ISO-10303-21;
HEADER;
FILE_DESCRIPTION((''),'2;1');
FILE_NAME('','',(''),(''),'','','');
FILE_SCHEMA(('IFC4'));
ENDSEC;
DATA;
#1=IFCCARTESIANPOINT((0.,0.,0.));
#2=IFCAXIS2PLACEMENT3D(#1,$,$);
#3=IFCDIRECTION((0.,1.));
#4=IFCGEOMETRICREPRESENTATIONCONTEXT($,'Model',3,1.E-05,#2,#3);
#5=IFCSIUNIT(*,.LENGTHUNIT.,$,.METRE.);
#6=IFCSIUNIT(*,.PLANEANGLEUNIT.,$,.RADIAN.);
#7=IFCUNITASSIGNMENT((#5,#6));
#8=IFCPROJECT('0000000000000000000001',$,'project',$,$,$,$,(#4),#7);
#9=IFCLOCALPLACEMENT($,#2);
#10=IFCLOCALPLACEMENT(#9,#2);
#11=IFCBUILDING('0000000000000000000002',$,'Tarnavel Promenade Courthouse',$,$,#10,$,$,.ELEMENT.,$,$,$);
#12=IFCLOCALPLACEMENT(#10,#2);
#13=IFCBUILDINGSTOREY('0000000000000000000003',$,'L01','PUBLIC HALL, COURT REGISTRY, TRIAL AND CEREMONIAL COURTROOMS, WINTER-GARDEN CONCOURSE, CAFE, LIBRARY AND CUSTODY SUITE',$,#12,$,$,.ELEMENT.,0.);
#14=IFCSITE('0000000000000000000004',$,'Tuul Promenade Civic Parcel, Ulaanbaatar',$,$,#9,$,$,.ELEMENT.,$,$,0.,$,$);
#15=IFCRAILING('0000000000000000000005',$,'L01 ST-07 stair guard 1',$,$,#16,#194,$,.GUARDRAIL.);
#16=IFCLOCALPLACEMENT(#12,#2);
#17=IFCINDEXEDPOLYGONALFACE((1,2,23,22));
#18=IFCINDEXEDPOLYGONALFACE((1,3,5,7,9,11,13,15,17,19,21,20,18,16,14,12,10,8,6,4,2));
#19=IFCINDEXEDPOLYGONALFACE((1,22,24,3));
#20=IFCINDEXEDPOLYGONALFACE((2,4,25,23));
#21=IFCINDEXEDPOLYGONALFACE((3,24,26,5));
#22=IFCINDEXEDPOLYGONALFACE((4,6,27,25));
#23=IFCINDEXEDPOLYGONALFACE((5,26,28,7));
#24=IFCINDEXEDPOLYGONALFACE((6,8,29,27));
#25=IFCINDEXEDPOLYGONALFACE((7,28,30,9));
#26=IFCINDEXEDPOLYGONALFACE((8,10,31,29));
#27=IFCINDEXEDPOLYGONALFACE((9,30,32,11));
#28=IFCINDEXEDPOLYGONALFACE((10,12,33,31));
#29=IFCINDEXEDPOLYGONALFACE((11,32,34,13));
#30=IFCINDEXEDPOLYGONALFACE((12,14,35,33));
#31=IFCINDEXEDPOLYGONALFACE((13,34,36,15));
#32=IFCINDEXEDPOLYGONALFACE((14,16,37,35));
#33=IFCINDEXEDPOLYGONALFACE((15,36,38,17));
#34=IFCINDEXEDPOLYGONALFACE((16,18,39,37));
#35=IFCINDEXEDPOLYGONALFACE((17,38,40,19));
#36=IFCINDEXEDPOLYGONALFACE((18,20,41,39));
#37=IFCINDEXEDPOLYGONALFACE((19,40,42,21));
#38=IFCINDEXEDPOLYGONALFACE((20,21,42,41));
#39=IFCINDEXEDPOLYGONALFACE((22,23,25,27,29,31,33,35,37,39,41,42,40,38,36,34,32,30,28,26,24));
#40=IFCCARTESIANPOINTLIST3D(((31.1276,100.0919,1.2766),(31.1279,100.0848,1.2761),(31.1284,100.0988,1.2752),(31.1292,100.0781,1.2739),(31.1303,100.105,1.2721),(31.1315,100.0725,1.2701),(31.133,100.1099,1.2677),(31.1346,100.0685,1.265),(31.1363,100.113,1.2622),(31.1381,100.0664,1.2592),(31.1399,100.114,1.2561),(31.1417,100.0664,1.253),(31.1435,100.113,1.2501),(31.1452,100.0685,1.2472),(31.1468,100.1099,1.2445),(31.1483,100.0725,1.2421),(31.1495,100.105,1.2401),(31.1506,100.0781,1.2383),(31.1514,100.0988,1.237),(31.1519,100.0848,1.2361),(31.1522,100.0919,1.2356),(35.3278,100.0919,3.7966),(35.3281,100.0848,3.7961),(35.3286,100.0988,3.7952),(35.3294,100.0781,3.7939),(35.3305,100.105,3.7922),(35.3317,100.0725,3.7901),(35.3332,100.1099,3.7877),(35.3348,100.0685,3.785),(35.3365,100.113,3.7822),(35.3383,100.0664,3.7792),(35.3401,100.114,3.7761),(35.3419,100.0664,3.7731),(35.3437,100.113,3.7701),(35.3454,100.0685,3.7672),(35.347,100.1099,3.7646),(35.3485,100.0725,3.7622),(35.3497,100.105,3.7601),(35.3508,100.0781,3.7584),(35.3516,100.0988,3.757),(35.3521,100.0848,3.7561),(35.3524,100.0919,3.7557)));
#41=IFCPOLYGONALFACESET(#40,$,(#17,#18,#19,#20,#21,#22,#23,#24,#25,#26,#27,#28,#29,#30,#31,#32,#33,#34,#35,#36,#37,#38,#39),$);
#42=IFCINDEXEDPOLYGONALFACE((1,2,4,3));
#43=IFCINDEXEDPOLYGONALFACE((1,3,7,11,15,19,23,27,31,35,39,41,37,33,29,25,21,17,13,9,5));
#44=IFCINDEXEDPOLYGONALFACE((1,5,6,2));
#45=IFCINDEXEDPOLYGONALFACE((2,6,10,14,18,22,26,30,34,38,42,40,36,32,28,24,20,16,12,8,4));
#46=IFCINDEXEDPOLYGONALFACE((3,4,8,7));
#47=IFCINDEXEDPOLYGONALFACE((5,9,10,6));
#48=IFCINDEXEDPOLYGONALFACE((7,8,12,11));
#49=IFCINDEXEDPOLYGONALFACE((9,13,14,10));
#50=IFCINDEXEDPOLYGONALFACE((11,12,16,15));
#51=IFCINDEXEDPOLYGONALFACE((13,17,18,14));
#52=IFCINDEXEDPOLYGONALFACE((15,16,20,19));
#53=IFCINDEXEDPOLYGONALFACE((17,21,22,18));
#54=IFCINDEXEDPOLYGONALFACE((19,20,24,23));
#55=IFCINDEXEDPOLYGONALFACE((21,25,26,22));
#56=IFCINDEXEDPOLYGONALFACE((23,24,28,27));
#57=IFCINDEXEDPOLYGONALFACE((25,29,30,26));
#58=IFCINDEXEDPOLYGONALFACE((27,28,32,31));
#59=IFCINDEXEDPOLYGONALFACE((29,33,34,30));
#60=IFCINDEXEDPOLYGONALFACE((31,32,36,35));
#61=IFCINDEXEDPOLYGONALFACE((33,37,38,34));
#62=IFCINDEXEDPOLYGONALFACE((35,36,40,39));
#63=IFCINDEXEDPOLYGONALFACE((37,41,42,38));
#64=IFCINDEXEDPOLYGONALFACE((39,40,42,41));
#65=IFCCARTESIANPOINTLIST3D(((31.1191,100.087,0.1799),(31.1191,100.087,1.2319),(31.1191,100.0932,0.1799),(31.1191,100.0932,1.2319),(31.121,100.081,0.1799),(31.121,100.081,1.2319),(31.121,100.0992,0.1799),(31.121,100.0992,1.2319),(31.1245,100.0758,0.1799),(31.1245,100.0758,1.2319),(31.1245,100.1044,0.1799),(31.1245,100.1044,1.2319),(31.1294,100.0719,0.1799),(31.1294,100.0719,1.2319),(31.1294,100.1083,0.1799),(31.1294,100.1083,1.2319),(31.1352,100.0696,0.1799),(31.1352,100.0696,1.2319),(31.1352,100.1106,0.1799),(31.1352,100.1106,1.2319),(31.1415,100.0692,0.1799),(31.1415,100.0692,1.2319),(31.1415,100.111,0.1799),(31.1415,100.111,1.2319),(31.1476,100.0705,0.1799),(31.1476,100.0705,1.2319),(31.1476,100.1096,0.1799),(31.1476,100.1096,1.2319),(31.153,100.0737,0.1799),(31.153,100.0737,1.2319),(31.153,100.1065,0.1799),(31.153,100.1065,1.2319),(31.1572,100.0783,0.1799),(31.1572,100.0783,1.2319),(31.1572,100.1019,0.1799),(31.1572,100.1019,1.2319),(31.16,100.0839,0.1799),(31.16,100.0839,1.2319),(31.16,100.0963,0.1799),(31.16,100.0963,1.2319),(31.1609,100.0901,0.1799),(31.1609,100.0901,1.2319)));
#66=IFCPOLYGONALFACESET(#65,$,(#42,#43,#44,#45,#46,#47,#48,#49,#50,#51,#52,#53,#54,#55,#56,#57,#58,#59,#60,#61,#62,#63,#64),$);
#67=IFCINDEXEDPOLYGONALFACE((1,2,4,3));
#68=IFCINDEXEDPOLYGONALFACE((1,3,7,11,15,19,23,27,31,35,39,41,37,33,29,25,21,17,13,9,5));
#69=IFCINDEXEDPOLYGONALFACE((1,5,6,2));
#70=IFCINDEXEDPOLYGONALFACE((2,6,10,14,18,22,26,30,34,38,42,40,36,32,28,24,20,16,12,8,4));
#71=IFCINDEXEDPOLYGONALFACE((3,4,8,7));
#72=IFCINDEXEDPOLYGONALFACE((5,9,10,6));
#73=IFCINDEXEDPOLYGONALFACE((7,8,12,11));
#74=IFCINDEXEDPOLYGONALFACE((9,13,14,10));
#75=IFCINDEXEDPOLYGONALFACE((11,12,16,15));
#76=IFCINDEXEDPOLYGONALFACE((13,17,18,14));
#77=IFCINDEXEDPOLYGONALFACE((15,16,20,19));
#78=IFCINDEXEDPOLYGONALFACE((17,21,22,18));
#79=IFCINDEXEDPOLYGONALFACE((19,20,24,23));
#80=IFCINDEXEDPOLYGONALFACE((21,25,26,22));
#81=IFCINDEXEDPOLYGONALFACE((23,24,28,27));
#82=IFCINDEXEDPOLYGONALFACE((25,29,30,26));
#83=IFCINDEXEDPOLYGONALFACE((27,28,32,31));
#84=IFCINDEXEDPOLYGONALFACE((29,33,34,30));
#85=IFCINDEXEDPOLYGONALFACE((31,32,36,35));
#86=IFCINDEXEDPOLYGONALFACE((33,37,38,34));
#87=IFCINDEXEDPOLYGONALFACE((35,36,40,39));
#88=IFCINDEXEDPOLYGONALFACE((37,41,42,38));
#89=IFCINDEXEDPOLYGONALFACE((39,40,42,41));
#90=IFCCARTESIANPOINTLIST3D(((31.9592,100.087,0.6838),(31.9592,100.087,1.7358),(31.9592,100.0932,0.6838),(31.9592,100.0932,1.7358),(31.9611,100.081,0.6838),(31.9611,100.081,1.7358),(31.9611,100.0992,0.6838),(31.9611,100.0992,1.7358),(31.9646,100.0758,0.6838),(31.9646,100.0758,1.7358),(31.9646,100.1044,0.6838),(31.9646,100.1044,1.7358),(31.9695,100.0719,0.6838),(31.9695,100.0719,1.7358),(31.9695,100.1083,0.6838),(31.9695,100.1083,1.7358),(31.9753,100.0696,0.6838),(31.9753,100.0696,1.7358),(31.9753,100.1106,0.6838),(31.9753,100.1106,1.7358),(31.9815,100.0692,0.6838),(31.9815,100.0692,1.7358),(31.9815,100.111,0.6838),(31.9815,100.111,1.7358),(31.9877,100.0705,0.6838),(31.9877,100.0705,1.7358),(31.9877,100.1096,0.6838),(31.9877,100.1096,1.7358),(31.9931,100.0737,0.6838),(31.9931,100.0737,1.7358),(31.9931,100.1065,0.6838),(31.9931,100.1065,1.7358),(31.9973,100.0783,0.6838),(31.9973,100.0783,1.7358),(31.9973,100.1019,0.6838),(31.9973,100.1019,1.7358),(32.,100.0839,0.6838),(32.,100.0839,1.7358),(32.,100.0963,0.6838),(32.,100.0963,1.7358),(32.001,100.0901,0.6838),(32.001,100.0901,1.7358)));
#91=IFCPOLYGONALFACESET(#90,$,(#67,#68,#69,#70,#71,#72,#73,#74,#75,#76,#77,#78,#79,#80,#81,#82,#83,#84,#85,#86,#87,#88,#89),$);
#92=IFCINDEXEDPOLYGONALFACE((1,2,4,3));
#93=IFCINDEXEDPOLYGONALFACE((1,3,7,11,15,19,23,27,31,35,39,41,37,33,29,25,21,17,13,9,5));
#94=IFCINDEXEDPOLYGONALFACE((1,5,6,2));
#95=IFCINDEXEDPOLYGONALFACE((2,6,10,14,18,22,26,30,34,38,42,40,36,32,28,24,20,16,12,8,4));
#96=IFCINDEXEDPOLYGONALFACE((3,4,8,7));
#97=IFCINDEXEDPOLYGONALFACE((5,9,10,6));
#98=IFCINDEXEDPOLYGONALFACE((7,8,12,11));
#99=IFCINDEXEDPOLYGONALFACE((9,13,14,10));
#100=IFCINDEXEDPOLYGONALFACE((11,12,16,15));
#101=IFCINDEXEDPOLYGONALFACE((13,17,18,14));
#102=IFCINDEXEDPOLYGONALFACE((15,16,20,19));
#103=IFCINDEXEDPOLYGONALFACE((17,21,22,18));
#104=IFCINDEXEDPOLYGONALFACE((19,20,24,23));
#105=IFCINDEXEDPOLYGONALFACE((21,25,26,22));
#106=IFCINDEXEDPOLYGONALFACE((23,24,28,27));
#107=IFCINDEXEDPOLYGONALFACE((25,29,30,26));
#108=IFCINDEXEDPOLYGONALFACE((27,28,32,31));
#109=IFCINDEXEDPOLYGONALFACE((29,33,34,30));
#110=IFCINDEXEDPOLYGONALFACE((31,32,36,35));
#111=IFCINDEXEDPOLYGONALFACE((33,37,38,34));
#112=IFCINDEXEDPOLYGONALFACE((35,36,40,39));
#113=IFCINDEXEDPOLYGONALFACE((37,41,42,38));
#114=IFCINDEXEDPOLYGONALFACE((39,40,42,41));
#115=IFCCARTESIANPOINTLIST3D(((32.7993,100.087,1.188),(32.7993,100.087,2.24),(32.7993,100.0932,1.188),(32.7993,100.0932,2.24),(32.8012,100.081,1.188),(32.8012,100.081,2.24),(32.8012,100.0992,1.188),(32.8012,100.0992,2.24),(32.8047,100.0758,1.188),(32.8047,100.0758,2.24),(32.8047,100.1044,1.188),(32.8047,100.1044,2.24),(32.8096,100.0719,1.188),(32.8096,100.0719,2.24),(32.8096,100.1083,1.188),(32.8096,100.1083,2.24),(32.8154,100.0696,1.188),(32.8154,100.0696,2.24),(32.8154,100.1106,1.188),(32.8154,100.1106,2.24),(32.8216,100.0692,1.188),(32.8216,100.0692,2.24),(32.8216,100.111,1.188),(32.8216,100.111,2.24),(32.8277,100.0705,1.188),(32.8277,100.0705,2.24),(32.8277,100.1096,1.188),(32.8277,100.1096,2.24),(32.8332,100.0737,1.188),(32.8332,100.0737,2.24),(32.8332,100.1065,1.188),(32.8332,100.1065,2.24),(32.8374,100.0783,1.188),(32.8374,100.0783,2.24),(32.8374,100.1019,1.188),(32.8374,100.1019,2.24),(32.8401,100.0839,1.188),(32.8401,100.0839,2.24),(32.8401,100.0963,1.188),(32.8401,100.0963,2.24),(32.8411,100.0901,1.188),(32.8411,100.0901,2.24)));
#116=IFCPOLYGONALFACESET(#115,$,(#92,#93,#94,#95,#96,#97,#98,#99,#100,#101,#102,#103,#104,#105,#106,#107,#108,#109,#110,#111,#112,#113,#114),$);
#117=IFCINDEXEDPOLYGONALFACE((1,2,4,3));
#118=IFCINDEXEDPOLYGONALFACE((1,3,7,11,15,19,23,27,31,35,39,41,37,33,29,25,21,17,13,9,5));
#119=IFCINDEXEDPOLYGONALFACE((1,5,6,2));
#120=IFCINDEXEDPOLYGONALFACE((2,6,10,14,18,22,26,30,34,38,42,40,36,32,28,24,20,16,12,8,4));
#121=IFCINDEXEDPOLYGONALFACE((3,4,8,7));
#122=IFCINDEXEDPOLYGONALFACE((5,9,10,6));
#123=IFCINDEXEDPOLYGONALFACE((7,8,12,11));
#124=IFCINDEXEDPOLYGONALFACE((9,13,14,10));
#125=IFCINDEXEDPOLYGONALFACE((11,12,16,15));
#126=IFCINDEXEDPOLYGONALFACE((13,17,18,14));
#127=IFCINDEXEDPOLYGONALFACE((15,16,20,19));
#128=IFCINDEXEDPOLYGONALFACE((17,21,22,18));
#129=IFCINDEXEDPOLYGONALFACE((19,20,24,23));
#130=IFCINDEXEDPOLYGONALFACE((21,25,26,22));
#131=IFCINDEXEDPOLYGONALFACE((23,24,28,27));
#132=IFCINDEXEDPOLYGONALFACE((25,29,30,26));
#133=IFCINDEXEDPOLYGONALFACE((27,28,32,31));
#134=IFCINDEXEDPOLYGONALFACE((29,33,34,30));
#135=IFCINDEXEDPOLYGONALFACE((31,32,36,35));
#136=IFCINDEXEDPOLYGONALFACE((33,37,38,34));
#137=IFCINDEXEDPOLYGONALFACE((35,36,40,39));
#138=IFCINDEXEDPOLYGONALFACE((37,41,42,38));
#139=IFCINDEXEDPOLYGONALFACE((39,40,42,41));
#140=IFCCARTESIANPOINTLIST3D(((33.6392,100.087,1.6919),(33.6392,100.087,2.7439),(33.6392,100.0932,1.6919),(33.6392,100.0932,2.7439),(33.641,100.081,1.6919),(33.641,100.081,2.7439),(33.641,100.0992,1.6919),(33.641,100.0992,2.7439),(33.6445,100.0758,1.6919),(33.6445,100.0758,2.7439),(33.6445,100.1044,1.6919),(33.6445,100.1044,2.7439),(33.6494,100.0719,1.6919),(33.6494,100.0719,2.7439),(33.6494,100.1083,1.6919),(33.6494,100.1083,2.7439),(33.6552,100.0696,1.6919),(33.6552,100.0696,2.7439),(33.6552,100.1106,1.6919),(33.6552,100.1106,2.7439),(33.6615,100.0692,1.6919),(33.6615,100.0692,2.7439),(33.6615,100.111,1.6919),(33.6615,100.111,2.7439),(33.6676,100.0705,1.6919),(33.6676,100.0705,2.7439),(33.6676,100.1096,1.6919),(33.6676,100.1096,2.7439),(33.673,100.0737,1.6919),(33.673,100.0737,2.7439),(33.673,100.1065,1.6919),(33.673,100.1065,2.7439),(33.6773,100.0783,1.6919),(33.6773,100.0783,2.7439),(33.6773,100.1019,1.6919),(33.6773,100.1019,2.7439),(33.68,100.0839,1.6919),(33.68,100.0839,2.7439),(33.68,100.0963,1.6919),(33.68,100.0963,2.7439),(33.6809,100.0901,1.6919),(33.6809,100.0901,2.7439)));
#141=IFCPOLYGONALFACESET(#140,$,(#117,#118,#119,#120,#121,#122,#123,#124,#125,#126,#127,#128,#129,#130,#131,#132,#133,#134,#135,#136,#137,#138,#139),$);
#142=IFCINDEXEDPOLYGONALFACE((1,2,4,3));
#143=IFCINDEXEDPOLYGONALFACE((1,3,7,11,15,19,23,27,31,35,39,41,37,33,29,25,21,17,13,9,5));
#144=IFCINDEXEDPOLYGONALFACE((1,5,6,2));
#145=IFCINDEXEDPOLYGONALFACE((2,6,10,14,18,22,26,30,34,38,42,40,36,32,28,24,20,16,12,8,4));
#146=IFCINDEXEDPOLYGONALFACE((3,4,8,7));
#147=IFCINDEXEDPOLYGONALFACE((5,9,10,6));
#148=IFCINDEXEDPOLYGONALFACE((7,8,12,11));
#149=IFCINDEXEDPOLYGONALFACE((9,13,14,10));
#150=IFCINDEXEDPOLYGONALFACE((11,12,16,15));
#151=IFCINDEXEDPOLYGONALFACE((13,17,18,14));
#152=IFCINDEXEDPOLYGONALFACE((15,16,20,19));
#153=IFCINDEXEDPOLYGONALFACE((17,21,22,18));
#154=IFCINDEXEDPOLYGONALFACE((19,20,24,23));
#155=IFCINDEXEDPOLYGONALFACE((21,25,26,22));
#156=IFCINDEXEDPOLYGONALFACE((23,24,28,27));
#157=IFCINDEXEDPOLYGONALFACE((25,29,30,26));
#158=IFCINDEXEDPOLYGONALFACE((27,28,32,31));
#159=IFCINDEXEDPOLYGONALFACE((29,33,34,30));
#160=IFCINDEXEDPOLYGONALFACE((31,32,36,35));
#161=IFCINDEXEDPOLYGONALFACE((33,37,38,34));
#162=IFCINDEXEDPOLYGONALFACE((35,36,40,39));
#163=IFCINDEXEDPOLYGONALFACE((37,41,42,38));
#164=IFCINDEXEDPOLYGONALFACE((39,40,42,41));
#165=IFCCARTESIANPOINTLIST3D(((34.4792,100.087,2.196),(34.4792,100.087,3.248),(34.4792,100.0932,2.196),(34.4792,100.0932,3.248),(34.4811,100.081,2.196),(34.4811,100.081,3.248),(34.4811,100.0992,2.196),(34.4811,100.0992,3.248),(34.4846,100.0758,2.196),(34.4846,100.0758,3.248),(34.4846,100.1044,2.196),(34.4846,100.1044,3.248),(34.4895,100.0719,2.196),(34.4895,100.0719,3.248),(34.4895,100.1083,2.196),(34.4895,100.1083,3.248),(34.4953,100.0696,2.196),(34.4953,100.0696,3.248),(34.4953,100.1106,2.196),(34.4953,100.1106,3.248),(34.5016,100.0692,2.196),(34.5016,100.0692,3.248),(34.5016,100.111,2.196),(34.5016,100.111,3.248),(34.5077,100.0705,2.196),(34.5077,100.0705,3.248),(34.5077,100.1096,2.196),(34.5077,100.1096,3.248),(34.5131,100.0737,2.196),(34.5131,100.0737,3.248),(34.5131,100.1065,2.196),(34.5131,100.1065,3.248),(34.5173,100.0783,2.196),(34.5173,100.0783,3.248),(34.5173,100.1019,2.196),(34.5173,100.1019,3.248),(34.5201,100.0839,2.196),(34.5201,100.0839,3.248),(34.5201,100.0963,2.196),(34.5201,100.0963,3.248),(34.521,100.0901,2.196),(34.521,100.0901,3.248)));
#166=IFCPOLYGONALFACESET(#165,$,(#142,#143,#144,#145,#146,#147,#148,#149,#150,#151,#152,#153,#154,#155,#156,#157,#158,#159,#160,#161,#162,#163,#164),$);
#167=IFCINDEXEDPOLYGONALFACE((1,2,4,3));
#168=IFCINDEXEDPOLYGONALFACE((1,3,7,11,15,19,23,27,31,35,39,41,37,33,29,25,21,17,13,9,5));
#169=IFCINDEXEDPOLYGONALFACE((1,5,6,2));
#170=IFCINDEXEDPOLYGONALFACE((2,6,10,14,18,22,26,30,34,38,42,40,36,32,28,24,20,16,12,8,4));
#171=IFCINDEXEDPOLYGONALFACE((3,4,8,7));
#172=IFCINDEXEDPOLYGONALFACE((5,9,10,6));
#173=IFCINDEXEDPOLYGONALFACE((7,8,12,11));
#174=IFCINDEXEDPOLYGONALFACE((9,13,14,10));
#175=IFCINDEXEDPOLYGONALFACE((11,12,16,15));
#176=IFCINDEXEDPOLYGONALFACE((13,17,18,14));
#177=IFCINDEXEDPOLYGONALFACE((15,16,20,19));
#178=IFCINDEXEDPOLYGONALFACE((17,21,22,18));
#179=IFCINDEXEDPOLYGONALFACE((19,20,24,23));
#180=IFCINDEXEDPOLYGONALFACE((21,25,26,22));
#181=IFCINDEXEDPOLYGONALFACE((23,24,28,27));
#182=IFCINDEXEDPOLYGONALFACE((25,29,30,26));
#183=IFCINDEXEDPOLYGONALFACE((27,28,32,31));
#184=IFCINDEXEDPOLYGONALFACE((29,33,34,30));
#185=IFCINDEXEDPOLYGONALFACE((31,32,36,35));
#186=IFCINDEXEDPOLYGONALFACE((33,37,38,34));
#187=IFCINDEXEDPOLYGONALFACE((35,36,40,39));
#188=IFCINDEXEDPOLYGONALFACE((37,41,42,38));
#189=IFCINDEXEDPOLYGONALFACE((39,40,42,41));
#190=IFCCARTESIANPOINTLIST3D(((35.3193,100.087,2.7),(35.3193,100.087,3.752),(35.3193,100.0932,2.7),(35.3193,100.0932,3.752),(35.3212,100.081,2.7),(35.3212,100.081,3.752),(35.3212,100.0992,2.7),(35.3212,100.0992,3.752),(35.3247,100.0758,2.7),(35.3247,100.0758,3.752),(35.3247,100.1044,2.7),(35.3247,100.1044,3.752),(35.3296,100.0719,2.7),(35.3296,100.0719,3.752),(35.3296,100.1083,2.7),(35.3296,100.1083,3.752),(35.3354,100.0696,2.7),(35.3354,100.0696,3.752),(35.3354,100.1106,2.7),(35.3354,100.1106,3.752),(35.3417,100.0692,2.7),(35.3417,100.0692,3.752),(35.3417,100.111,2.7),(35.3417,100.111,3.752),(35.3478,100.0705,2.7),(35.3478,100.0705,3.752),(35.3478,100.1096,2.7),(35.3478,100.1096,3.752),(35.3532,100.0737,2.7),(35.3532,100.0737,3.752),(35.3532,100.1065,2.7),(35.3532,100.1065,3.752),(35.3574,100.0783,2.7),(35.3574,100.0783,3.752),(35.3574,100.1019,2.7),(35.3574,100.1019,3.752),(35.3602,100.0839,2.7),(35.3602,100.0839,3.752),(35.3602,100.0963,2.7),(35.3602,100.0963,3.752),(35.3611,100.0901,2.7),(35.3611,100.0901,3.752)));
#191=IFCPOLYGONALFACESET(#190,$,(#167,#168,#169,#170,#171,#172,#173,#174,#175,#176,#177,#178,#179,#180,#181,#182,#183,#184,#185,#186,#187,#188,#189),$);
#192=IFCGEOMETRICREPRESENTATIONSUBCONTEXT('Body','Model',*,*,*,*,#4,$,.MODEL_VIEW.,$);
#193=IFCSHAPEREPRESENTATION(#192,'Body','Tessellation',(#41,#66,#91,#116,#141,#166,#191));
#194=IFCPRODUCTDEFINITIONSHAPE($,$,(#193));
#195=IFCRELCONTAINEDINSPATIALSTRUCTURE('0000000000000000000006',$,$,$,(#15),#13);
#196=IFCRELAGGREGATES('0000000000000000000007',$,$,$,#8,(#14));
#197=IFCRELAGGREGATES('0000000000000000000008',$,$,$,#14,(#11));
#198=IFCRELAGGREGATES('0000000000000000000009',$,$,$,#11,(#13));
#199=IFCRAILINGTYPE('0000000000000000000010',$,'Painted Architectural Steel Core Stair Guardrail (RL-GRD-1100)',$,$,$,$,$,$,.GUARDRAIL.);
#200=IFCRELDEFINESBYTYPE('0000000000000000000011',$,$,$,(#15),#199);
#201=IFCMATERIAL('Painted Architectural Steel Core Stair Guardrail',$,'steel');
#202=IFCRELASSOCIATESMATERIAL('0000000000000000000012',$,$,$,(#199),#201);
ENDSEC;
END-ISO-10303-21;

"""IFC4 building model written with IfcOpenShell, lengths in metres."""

from ifc_helpers import new_model, si_unit, direction, frame, origin, origin_2d, place, context, subcontext, project, spatial, circle, extrude, material, type_object, element, save


model = new_model("IFC4")

# Units and contexts
model_context = context("Model", 3, precision=1e-05, world=origin(), true_north=direction((0.0, 1.0)))
body_context = subcontext(model_context, "Body", "Model", "MODEL_VIEW")
ifc_project = project(units=[si_unit("LENGTHUNIT", "METRE"), si_unit("PLANEANGLEUNIT", "RADIAN")], contexts=[model_context])

# Site, building, storey
site_placement = place(None, origin())
site = spatial("IfcSite", under=ifc_project, at=site_placement, Name="Tuul Promenade Civic Parcel, Ulaanbaatar", CompositionType="ELEMENT", RefElevation=0.0)
building_placement = place(site_placement, origin())
building = spatial("IfcBuilding", under=site, at=building_placement, Name="Tarnavel Promenade Courthouse", CompositionType="ELEMENT")
storey_placement = place(building_placement, origin())
storey = spatial("IfcBuildingStorey", under=building, at=storey_placement, Name="L01", Description="PUBLIC HALL, COURT REGISTRY, TRIAL AND CEREMONIAL COURTROOMS, WINTER-GARDEN CONCOURSE, CAFE, LIBRARY AND CUSTODY SUITE", CompositionType="ELEMENT", Elevation=0.0)

# Railing
ifc_material_1 = material(Name="Painted Architectural Steel Core Stair Guardrail", Category="steel")
railing_type_1 = type_object("IfcRailingType", Name="Painted Architectural Steel Core Stair Guardrail (RL-GRD-1100)", PredefinedType="GUARDRAIL", material=ifc_material_1)
railing_1_placement = place(storey_placement, frame((31.1399, 100.0901, 0.1799)))
element("IfcRailing", 1, at=railing_1_placement, inside=storey, type_object=railing_type_1, Name="L01 ST-07 stair guard 1", PredefinedType="GUARDRAIL", context=body_context, shape_type="SweptSolid", body=[
    extrude(circle(Radius=0.0239, at=origin_2d()), frame((0.0, 0.0, 1.0762), z_axis=(0.857502, 0.0, 0.514481), x_axis=(0.0, 1.0, 0.0)), (0.0, 0.0, 1.0), 4.8982),
    extrude(circle(Radius=0.021, at=origin_2d()), origin(), (0.0, 0.0, 1.0), 1.052),
    extrude(circle(Radius=0.021, at=origin_2d()), frame((0.8401, 0.0, 0.5039)), (0.0, 0.0, 1.0), 1.052),
    extrude(circle(Radius=0.021, at=origin_2d()), frame((1.6802, 0.0, 1.0081)), (0.0, 0.0, 1.0), 1.052),
    extrude(circle(Radius=0.021, at=origin_2d()), frame((2.52, 0.0, 1.512)), (0.0, 0.0, 1.0), 1.052),
    extrude(circle(Radius=0.021, at=origin_2d()), frame((3.3601, 0.0, 2.0161)), (0.0, 0.0, 1.0), 1.052),
    extrude(circle(Radius=0.021, at=origin_2d()), frame((4.2002, 0.0, 2.52)), (0.0, 0.0, 1.0), 1.052),
])

save(model, "model.ifc")
